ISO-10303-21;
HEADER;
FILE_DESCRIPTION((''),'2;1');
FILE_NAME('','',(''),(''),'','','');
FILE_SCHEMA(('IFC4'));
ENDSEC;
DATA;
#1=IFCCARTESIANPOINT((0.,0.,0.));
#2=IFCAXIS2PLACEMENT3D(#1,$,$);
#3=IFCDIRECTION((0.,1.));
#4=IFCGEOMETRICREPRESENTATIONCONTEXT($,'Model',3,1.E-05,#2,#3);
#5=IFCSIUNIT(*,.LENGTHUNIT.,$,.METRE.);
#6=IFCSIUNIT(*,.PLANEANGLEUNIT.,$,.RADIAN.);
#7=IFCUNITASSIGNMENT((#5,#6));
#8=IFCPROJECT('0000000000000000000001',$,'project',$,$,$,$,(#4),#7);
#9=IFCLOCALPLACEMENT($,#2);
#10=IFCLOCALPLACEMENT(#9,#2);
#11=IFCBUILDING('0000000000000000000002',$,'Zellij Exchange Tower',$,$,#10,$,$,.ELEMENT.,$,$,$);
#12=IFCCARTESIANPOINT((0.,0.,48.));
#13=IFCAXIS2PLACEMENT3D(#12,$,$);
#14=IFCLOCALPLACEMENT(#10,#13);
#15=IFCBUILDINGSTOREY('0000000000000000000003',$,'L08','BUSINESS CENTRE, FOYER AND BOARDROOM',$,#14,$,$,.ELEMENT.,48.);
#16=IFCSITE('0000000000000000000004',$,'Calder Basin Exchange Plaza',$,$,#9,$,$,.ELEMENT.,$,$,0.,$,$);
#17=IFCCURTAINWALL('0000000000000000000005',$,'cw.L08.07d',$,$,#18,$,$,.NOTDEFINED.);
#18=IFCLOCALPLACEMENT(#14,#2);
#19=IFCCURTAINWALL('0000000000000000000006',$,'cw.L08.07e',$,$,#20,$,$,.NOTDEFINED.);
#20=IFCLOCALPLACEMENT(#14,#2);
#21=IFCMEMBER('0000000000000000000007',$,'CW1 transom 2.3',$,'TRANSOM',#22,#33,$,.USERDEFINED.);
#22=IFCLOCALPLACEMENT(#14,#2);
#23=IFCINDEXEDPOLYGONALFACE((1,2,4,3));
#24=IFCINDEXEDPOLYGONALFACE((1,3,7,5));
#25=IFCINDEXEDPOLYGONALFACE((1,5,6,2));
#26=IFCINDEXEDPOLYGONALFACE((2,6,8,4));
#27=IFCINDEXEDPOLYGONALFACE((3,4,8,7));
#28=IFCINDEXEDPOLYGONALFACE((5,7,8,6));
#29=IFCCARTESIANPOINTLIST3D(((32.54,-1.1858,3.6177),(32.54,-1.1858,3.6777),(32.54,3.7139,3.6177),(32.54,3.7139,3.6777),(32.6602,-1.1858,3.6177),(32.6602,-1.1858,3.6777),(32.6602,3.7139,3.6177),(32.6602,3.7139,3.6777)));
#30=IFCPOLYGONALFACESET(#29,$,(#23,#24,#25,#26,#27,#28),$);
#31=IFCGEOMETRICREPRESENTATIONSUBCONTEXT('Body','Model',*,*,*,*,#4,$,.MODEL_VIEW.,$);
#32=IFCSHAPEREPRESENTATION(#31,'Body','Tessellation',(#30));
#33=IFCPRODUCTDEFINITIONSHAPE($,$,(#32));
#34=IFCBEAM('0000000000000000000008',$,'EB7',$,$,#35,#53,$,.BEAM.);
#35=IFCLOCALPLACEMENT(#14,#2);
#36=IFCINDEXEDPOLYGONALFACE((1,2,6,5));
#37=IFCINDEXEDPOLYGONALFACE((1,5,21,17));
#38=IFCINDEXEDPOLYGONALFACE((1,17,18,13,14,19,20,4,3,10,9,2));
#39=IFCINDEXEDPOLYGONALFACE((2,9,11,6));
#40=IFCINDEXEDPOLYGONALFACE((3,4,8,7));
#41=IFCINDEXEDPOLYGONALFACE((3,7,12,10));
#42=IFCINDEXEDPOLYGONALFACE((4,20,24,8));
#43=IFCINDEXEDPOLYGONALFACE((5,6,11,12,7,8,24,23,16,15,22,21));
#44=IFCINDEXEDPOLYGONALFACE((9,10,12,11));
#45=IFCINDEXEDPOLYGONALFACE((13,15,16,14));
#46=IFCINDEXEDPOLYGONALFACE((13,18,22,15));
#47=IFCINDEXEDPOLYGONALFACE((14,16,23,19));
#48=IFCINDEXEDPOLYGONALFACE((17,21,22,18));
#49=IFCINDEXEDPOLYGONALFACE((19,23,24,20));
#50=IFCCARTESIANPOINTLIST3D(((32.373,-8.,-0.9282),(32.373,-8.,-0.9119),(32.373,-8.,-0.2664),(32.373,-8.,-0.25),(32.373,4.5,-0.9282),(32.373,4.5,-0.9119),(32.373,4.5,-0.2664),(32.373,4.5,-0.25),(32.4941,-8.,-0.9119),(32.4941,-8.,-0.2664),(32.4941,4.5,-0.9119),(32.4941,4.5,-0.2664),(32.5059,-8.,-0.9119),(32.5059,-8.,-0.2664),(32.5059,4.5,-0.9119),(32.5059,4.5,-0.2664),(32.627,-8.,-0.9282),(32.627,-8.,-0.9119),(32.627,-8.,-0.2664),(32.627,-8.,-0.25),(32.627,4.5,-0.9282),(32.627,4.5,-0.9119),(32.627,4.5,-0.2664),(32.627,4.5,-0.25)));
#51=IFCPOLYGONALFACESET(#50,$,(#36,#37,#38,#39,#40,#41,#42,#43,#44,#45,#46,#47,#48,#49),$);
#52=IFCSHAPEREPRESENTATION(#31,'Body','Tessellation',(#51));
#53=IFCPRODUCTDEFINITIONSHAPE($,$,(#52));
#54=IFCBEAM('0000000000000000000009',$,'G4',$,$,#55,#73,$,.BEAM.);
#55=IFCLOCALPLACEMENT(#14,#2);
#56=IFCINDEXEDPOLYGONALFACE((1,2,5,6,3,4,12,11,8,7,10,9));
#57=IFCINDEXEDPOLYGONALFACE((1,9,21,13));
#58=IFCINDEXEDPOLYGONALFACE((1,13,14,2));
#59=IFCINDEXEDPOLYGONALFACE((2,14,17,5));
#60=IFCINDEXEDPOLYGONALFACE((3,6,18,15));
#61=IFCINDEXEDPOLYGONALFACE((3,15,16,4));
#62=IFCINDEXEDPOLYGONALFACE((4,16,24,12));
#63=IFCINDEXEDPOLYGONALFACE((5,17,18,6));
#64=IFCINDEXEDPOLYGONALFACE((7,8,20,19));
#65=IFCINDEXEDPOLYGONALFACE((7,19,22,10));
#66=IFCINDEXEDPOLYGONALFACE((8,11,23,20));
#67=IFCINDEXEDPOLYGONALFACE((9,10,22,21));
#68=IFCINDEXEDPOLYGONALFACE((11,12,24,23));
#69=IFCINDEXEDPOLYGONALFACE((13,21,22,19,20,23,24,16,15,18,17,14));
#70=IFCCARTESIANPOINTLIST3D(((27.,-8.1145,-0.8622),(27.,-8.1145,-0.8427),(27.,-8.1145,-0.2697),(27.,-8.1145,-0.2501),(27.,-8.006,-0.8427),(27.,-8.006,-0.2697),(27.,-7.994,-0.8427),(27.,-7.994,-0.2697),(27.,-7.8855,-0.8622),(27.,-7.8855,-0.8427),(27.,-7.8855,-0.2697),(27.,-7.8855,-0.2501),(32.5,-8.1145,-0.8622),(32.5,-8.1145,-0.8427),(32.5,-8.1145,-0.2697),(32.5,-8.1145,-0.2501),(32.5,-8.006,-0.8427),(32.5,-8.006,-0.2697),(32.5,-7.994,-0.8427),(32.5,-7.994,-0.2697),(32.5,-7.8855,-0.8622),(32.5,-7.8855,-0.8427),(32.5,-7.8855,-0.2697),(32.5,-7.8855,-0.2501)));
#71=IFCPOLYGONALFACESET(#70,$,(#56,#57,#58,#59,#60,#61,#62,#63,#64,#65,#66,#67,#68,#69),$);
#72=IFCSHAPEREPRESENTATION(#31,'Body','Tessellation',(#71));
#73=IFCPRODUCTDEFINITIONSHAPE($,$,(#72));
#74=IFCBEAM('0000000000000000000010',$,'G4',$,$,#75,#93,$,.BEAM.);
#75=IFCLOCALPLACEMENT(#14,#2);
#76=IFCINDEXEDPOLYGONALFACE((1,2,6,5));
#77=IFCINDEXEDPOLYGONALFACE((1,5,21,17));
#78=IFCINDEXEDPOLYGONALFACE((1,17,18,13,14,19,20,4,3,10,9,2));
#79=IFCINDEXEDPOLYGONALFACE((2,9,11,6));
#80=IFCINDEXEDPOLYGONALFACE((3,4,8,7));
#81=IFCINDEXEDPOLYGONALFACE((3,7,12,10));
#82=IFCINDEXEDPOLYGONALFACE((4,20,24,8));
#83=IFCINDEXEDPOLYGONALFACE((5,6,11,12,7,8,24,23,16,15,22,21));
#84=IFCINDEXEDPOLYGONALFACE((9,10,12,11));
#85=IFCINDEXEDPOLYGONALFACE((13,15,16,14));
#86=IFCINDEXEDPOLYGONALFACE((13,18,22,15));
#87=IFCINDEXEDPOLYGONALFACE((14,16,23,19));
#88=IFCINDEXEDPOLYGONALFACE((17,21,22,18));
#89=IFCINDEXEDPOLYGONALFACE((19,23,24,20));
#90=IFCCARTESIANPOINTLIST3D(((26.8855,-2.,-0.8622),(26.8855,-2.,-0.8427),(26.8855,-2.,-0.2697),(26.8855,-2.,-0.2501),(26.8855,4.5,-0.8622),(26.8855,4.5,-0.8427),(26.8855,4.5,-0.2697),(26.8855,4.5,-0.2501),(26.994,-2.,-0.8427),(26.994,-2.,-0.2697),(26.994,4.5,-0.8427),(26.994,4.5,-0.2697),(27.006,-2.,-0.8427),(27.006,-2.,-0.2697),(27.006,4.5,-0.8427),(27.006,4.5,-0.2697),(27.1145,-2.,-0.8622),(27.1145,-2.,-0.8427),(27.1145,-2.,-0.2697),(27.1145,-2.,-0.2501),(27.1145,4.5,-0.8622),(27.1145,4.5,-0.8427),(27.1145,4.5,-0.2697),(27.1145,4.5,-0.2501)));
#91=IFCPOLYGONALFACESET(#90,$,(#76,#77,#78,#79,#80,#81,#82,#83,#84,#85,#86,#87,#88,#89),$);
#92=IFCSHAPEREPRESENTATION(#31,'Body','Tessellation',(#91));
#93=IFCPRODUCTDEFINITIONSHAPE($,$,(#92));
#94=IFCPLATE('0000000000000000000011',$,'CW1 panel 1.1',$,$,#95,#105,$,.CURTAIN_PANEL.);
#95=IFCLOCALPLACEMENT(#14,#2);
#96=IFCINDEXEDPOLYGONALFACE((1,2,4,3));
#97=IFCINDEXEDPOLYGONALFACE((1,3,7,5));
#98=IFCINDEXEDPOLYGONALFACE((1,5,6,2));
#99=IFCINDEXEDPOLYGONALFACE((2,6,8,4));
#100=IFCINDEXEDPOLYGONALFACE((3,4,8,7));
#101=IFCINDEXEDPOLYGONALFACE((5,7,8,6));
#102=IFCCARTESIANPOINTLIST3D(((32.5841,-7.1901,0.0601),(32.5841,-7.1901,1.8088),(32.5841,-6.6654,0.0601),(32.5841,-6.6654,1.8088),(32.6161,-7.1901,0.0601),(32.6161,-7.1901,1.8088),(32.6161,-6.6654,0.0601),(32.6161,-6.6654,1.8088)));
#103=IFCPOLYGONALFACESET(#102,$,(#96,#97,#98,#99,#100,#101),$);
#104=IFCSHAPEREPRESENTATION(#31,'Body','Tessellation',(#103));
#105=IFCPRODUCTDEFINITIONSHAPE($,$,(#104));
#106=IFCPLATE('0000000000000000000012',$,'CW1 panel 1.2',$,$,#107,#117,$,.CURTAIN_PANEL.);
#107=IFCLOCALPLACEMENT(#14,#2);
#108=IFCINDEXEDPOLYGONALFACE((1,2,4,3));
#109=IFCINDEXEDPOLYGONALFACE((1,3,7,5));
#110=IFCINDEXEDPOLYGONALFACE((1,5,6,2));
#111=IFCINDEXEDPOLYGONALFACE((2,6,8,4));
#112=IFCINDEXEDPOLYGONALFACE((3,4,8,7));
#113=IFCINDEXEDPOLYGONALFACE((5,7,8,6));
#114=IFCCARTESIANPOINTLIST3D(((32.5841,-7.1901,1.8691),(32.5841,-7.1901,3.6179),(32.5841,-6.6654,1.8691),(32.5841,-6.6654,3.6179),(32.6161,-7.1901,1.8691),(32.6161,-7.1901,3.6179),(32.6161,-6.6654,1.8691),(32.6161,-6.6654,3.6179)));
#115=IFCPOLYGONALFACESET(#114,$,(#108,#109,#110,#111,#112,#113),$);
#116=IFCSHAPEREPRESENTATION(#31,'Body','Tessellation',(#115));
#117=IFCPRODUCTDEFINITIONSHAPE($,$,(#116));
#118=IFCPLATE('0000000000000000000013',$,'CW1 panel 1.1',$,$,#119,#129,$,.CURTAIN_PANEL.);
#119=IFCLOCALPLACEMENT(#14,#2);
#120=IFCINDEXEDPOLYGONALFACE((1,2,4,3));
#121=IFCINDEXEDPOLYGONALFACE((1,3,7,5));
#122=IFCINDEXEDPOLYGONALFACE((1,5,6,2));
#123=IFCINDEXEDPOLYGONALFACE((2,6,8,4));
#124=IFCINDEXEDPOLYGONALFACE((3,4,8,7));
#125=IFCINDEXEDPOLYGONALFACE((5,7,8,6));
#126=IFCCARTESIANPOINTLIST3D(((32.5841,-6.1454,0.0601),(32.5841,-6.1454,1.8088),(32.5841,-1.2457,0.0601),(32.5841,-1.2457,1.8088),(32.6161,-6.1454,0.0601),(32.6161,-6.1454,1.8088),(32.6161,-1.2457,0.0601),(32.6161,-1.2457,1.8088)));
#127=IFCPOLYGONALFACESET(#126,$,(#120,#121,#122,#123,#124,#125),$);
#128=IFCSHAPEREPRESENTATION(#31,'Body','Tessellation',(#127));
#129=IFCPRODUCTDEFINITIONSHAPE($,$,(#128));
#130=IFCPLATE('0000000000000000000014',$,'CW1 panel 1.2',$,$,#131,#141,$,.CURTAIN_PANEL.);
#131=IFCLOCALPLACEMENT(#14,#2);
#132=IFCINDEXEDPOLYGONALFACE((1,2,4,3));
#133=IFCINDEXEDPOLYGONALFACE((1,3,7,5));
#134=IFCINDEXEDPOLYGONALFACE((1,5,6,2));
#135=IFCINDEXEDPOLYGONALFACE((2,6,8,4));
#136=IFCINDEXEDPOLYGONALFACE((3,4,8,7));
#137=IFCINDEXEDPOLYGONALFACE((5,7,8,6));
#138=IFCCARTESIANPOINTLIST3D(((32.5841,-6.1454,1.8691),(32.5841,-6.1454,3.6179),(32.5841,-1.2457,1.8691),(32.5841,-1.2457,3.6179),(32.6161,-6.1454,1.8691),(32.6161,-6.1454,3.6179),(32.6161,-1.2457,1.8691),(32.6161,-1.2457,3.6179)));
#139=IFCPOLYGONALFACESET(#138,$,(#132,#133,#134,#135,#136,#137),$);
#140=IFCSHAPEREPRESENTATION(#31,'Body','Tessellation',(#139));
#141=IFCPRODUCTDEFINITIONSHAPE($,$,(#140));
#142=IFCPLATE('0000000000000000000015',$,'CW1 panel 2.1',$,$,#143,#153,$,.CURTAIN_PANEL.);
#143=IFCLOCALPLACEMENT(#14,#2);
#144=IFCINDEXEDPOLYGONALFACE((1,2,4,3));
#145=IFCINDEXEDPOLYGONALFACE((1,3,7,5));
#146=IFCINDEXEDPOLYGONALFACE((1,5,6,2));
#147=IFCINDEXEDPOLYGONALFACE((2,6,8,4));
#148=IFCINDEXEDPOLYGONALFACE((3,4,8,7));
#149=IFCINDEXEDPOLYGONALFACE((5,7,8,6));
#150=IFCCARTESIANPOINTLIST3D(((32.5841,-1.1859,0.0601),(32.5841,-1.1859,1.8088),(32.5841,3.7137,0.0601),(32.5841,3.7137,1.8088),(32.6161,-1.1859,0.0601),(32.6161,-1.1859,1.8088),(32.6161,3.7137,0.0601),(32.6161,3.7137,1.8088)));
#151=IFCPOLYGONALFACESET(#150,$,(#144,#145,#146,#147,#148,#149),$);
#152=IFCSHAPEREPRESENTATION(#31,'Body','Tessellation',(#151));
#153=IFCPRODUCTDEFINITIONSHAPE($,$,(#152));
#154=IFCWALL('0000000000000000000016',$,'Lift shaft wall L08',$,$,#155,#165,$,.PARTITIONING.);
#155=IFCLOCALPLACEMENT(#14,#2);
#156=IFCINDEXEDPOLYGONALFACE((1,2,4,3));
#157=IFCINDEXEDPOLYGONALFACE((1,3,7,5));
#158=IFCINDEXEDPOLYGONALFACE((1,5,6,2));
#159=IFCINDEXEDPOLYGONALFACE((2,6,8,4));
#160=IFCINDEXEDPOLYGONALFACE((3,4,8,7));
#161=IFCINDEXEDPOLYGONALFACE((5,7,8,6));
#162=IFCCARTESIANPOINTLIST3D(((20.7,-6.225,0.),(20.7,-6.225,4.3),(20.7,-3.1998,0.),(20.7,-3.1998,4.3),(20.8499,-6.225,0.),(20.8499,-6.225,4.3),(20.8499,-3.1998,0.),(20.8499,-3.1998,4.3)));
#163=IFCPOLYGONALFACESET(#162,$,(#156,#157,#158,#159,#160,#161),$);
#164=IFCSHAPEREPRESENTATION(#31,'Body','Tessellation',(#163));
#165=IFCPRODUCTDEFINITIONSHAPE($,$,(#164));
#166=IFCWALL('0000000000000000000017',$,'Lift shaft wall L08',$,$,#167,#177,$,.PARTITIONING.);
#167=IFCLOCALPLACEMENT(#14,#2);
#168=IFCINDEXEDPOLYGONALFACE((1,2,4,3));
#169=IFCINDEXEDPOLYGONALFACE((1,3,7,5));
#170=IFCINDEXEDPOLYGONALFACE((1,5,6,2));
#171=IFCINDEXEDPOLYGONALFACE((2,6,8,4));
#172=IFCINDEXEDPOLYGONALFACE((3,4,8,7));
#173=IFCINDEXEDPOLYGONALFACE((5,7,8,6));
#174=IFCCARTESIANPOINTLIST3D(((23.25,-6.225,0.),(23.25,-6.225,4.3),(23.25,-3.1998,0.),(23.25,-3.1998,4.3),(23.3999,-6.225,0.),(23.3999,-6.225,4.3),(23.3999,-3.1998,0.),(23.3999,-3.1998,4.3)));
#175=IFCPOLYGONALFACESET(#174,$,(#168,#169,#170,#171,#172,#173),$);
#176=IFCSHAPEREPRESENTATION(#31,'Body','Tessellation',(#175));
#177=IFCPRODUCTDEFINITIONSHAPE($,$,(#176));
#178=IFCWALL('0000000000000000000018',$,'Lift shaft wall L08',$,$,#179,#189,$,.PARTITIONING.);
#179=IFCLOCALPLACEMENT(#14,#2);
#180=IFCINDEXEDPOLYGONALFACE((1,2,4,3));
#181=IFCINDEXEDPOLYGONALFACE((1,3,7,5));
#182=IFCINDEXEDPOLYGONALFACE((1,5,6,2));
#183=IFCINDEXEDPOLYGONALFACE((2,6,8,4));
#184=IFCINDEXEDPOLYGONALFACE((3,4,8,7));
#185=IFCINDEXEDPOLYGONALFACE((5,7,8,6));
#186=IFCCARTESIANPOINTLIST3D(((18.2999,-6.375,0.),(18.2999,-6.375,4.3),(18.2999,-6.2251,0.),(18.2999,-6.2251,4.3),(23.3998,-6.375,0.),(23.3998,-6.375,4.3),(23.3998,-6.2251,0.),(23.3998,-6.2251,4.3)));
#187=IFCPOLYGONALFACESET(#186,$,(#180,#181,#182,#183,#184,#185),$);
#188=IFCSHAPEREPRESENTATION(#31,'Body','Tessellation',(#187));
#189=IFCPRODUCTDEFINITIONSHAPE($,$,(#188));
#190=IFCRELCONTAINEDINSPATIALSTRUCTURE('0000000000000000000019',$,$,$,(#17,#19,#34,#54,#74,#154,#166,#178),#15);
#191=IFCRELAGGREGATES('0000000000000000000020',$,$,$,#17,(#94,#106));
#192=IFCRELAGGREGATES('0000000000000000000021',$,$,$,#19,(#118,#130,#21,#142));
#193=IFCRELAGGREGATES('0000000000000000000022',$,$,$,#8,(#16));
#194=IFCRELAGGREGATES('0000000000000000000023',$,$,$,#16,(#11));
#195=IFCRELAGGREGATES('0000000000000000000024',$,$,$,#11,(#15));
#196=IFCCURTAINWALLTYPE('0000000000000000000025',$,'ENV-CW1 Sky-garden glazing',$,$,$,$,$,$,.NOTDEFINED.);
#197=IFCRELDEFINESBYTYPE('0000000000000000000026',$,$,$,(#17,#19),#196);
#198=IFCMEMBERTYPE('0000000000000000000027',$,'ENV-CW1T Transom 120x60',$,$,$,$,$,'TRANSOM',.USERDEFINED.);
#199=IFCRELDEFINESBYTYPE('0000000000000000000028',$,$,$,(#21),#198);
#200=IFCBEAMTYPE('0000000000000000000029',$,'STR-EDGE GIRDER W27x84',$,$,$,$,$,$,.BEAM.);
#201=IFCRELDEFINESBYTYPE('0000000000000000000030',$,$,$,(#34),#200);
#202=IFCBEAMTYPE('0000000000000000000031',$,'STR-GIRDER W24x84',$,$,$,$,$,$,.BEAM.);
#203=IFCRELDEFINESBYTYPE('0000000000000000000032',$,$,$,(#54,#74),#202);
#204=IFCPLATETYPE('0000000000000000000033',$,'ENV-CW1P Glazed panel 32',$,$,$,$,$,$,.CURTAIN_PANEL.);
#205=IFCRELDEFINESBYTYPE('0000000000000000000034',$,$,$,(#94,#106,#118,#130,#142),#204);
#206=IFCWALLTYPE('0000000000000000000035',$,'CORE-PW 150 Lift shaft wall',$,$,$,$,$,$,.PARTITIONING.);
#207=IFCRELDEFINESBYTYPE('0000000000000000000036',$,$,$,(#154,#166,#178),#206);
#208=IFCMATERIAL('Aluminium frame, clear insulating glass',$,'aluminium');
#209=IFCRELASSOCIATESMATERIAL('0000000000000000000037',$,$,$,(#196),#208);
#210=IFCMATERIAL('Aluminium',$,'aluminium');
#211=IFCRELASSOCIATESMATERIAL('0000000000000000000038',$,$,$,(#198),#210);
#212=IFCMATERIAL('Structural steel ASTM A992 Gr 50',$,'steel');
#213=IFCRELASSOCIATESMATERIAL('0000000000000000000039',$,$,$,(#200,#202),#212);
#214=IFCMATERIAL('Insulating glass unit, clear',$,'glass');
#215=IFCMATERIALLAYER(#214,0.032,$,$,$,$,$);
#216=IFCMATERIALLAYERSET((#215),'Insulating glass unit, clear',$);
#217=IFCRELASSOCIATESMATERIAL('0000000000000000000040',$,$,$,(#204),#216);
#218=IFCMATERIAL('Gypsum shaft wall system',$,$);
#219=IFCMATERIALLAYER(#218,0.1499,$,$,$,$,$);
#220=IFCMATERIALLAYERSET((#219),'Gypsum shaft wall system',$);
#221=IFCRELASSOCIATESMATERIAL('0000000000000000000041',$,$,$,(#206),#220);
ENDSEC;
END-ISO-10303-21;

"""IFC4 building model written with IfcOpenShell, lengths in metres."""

from ifc_helpers import new_model, si_unit, direction, frame, frame_2d, origin, origin_2d, place, context, subcontext, project, spatial, rectangle, i_section, extrude, material, layer, layer_set, material_profile, profile_set, type_object, element, aggregate, save


model = new_model("IFC4")

# Units and contexts
model_context = context("Model", 3, precision=1e-05, world=origin(), true_north=direction((0.0, 1.0)))
body_context = subcontext(model_context, "Body", "Model", "MODEL_VIEW")
ifc_project = project(units=[si_unit("LENGTHUNIT", "METRE"), si_unit("PLANEANGLEUNIT", "RADIAN")], contexts=[model_context])

# Site, building, storey
site_placement = place(None, origin())
site = spatial("IfcSite", under=ifc_project, at=site_placement, Name="Calder Basin Exchange Plaza", CompositionType="ELEMENT", RefElevation=0.0)
building_placement = place(site_placement, origin())
building = spatial("IfcBuilding", under=site, at=building_placement, Name="Zellij Exchange Tower", CompositionType="ELEMENT")
storey_placement = place(building_placement, frame((0.0, 0.0, 48.0)))
storey = spatial("IfcBuildingStorey", under=building, at=storey_placement, Name="L08", Description="BUSINESS CENTRE, FOYER AND BOARDROOM", CompositionType="ELEMENT", Elevation=48.0)

# Shared definitions
ifc_material_1 = material(Name="Aluminium frame, clear insulating glass", Category="aluminium")
curtain_wall_type = type_object("IfcCurtainWallType", Name="ENV-CW1 Sky-garden glazing", PredefinedType="NOTDEFINED", material=ifc_material_1)
ifc_material_2 = material(Name="Aluminium", Category="aluminium")

# Curtain walls
curtain_wall_1_placement = place(storey_placement, origin())
curtain_wall_1 = element("IfcCurtainWall", 1, at=curtain_wall_1_placement, inside=storey, type_object=curtain_wall_type, Name="cw.L08.07d", PredefinedType="NOTDEFINED")
curtain_wall_2_placement = place(storey_placement, origin())
curtain_wall_2 = element("IfcCurtainWall", 2, at=curtain_wall_2_placement, inside=storey, type_object=curtain_wall_type, Name="cw.L08.07e", PredefinedType="NOTDEFINED")

# Member
ifc_material_profile_1 = material_profile(ifc_material_2, rectangle(XDim=0.1201, YDim=0.0601, at=origin_2d()), Name="AL 120x60")
ifc_profile_set_1 = profile_set([ifc_material_profile_1], Name="Aluminium")
member_type_1 = type_object("IfcMemberType", Name="ENV-CW1T Transom 120x60", ElementType="TRANSOM", PredefinedType="USERDEFINED", material=ifc_profile_set_1)
member_1_placement = place(storey_placement, frame((32.6001, -1.1858, 3.6477), z_axis=(0.0, 1.0, 0.0), x_axis=(-1.0, 0.0, 0.0)))
member_1 = element("IfcMember", 3, at=member_1_placement, type_object=member_type_1, Name="CW1 transom 2.3", ObjectType="TRANSOM", PredefinedType="USERDEFINED", context=body_context, shape_type="SweptSolid", body=[
    extrude(rectangle(XDim=0.1201, YDim=0.0601, at=origin_2d()), origin(), (0.0, 0.0, 1.0), 4.8997),
])

# Beams
ifc_material_3 = material(Name="Structural steel ASTM A992 Gr 50", Category="steel")
ifc_material_profile_2 = material_profile(ifc_material_3, i_section(OverallWidth=0.2539, OverallDepth=0.6782, WebThickness=0.0117, FlangeThickness=0.0164, at=origin_2d()), Name="W27x84")
ifc_profile_set_2 = profile_set([ifc_material_profile_2], Name="Structural steel ASTM A992 Gr 50")
beam_type_1 = type_object("IfcBeamType", Name="STR-EDGE GIRDER W27x84", PredefinedType="BEAM", material=ifc_profile_set_2)
beam_1_placement = place(storey_placement, frame((32.5, -8.0, -0.5891), z_axis=(0.0, 1.0, 0.0), x_axis=(-1.0, 0.0, 0.0)))
element("IfcBeam", 4, at=beam_1_placement, inside=storey, type_object=beam_type_1, Name="EB7", PredefinedType="BEAM", context=body_context, shape_type="SweptSolid", body=[
    extrude(i_section(OverallWidth=0.2539, OverallDepth=0.6782, WebThickness=0.0117, FlangeThickness=0.0164, at=origin_2d()), origin(), (0.0, 0.0, 1.0), 12.5),
])
ifc_material_profile_3 = material_profile(ifc_material_3, i_section(OverallWidth=0.229, OverallDepth=0.6121, WebThickness=0.012, FlangeThickness=0.0195, at=origin_2d()), Name="W24x84")
ifc_profile_set_3 = profile_set([ifc_material_profile_3], Name="Structural steel ASTM A992 Gr 50")
beam_type_2 = type_object("IfcBeamType", Name="STR-GIRDER W24x84", PredefinedType="BEAM", material=ifc_profile_set_3)
beam_2_placement = place(storey_placement, frame((27.0, -8.0, -0.5562), z_axis=(1.0, 0.0, 0.0), x_axis=(0.0, 1.0, 0.0)))
element("IfcBeam", 5, at=beam_2_placement, inside=storey, type_object=beam_type_2, Name="G4", PredefinedType="BEAM", context=body_context, shape_type="SweptSolid", body=[
    extrude(i_section(OverallWidth=0.229, OverallDepth=0.6121, WebThickness=0.012, FlangeThickness=0.0195, at=origin_2d()), origin(), (0.0, 0.0, 1.0), 5.5),
])
beam_3_placement = place(storey_placement, frame((27.0, -2.0, -0.5562), z_axis=(0.0, 1.0, 0.0), x_axis=(-1.0, 0.0, 0.0)))
element("IfcBeam", 6, at=beam_3_placement, inside=storey, type_object=beam_type_2, Name="G4", PredefinedType="BEAM", context=body_context, shape_type="SweptSolid", body=[
    extrude(i_section(OverallWidth=0.229, OverallDepth=0.6121, WebThickness=0.012, FlangeThickness=0.0195, at=origin_2d()), origin(), (0.0, 0.0, 1.0), 6.5),
])

# Plates
ifc_material_4 = material(Name="Insulating glass unit, clear", Category="glass")
ifc_layer_1 = layer(ifc_material_4, 0.032)
ifc_layer_set_1 = layer_set([ifc_layer_1], Name="Insulating glass unit, clear")
plate_type = type_object("IfcPlateType", Name="ENV-CW1P Glazed panel 32", PredefinedType="CURTAIN_PANEL", material=ifc_layer_set_1)
plate_1_placement = place(storey_placement, frame((32.6001, -6.9277, 0.0601), z_axis=(0.0, 0.0, 1.0), x_axis=(0.0, 1.0, 0.0)))
plate_1 = element("IfcPlate", 7, at=plate_1_placement, type_object=plate_type, Name="CW1 panel 1.1", PredefinedType="CURTAIN_PANEL", context=body_context, shape_type="SweptSolid", body=[
    extrude(rectangle(XDim=0.5247, YDim=0.032, at=origin_2d()), origin(), (0.0, 0.0, 1.0), 1.7488),
])
plate_2_placement = place(storey_placement, frame((32.6001, -6.9277, 1.8691), z_axis=(0.0, 0.0, 1.0), x_axis=(0.0, 1.0, 0.0)))
plate_2 = element("IfcPlate", 8, at=plate_2_placement, type_object=plate_type, Name="CW1 panel 1.2", PredefinedType="CURTAIN_PANEL", context=body_context, shape_type="SweptSolid", body=[
    extrude(rectangle(XDim=0.5247, YDim=0.032, at=origin_2d()), origin(), (0.0, 0.0, 1.0), 1.7488),
])
aggregate(curtain_wall_1, [plate_1, plate_2])
plate_3_placement = place(storey_placement, frame((32.6001, -3.6956, 0.0601), z_axis=(0.0, 0.0, 1.0), x_axis=(0.0, 1.0, 0.0)))
plate_3 = element("IfcPlate", 9, at=plate_3_placement, type_object=plate_type, Name="CW1 panel 1.1", PredefinedType="CURTAIN_PANEL", context=body_context, shape_type="SweptSolid", body=[
    extrude(rectangle(XDim=4.8997, YDim=0.032, at=origin_2d()), origin(), (0.0, 0.0, 1.0), 1.7488),
])
plate_4_placement = place(storey_placement, frame((32.6001, -3.6956, 1.8691), z_axis=(0.0, 0.0, 1.0), x_axis=(0.0, 1.0, 0.0)))
plate_4 = element("IfcPlate", 10, at=plate_4_placement, type_object=plate_type, Name="CW1 panel 1.2", PredefinedType="CURTAIN_PANEL", context=body_context, shape_type="SweptSolid", body=[
    extrude(rectangle(XDim=4.8997, YDim=0.032, at=origin_2d()), origin(), (0.0, 0.0, 1.0), 1.7488),
])
plate_5_placement = place(storey_placement, frame((32.6001, 1.2639, 0.0601), z_axis=(0.0, 0.0, 1.0), x_axis=(0.0, 1.0, 0.0)))
plate_5 = element("IfcPlate", 11, at=plate_5_placement, type_object=plate_type, Name="CW1 panel 2.1", PredefinedType="CURTAIN_PANEL", context=body_context, shape_type="SweptSolid", body=[
    extrude(rectangle(XDim=4.8997, YDim=0.032, at=origin_2d()), origin(), (0.0, 0.0, 1.0), 1.7488),
])
aggregate(curtain_wall_2, [plate_3, plate_4, member_1, plate_5])

# Walls
ifc_material_5 = material(Name="Gypsum shaft wall system")
ifc_layer_2 = layer(ifc_material_5, 0.1499)
ifc_layer_set_2 = layer_set([ifc_layer_2], Name="Gypsum shaft wall system")
wall_type_1 = type_object("IfcWallType", Name="CORE-PW 150 Lift shaft wall", PredefinedType="PARTITIONING", material=ifc_layer_set_2)
for number, where, z_axis, x_axis, name in (
    (12, (20.7749, -6.2251, 0.0), (0.0, 0.0, 1.0), (0.0, 1.0, 0.0), "Lift shaft wall L08"),
    (13, (23.325, -6.2251, 0.0), (0.0, 0.0, 1.0), (0.0, 1.0, 0.0), "Lift shaft wall L08"),
):
    element("IfcWall", number, at=place(storey_placement, frame(where, z_axis=z_axis, x_axis=x_axis)), inside=storey, type_object=wall_type_1, Name=name, PredefinedType="PARTITIONING", context=body_context, shape_type="SweptSolid", body=[
        extrude(rectangle(XDim=3.0251, YDim=0.1499, at=frame_2d((1.5127, 0.0))), origin(), (0.0, 0.0, 1.0), 4.3),
    ])
wall_1_placement = place(storey_placement, frame((18.3, -6.3, 0.0), z_axis=(0.0, 0.0, 1.0), x_axis=(1.0, 0.0, 0.0)))
element("IfcWall", 14, at=wall_1_placement, inside=storey, type_object=wall_type_1, Name="Lift shaft wall L08", PredefinedType="PARTITIONING", context=body_context, shape_type="SweptSolid", body=[
    extrude(rectangle(XDim=5.0999, YDim=0.1499, at=frame_2d((2.5498, 0.0))), origin(), (0.0, 0.0, 1.0), 4.3),
])

save(model, "model.ifc")
